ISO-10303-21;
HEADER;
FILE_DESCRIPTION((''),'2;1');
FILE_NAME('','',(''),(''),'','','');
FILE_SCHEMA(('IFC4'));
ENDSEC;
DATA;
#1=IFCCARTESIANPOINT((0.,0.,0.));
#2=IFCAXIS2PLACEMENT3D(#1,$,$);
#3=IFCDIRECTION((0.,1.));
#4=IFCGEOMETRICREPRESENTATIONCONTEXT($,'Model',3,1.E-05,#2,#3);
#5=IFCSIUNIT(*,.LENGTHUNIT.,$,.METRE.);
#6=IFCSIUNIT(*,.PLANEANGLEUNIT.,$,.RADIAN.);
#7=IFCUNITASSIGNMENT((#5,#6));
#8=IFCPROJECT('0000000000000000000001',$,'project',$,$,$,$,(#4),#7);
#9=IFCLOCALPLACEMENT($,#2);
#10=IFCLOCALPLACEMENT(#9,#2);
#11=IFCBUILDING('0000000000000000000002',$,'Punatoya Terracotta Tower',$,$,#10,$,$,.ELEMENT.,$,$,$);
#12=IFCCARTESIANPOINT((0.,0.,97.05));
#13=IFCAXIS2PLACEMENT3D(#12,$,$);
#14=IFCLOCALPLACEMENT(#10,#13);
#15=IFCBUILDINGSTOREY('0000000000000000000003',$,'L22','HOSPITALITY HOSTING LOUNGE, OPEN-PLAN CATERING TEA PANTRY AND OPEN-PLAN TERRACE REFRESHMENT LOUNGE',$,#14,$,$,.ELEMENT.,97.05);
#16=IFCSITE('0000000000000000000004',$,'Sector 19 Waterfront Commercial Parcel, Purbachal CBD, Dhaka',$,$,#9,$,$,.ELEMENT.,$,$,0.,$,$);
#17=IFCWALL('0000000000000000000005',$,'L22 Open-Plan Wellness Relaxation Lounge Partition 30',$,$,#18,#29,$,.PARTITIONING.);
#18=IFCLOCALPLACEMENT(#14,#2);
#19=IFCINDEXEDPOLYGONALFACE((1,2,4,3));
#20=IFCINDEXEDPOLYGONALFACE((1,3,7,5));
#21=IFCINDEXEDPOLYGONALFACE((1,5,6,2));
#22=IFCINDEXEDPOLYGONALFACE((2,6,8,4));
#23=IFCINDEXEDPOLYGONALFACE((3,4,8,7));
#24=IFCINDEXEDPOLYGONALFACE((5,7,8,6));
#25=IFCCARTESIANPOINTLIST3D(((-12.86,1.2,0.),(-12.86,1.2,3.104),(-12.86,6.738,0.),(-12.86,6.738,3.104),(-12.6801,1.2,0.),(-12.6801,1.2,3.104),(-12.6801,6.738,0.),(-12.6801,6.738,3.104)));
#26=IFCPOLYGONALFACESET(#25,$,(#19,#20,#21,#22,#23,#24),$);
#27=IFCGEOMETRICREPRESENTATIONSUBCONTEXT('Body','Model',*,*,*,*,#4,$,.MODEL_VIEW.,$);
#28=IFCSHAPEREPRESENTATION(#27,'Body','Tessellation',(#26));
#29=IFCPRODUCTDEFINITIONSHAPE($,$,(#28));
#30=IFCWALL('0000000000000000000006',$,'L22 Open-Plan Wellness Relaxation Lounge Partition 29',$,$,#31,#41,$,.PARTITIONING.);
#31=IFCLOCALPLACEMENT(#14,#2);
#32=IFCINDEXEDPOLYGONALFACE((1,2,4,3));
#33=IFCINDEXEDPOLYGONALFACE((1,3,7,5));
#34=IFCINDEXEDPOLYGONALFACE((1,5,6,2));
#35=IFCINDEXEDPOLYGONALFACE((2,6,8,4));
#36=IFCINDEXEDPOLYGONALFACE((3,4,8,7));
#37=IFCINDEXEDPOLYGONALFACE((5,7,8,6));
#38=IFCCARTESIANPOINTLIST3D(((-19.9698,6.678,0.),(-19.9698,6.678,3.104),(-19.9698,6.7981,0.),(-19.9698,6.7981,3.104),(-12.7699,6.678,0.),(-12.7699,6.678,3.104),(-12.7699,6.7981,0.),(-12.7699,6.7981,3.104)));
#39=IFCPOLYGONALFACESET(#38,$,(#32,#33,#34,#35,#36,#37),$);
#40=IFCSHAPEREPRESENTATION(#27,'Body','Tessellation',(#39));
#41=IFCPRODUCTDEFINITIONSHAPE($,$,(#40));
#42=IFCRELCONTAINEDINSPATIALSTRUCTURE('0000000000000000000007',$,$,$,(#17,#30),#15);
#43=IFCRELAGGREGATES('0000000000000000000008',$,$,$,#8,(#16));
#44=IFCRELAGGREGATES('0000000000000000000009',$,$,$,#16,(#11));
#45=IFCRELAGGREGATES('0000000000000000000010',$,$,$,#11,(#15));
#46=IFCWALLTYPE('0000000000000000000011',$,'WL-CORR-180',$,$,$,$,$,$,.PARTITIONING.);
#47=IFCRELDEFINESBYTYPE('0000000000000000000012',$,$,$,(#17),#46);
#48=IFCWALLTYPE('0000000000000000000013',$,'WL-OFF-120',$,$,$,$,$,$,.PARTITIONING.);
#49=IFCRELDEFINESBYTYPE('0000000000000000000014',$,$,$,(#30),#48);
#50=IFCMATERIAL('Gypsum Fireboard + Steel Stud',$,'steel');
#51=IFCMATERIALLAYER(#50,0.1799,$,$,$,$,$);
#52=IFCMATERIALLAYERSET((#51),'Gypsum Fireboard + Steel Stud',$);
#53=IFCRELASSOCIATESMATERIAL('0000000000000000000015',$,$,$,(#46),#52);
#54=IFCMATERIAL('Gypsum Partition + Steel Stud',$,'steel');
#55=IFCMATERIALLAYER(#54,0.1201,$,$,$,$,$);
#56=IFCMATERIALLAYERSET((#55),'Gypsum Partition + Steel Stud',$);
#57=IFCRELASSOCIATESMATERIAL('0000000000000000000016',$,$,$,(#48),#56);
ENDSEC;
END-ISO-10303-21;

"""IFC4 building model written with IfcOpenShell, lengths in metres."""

from ifc_helpers import new_model, si_unit, direction, frame, frame_2d, origin, place, context, subcontext, project, spatial, rectangle, extrude, material, layer, layer_set, type_object, element, save


model = new_model("IFC4")

# Units and contexts
model_context = context("Model", 3, precision=1e-05, world=origin(), true_north=direction((0.0, 1.0)))
body_context = subcontext(model_context, "Body", "Model", "MODEL_VIEW")
ifc_project = project(units=[si_unit("LENGTHUNIT", "METRE"), si_unit("PLANEANGLEUNIT", "RADIAN")], contexts=[model_context])

# Site, building, storey
site_placement = place(None, origin())
site = spatial("IfcSite", under=ifc_project, at=site_placement, Name="Sector 19 Waterfront Commercial Parcel, Purbachal CBD, Dhaka", CompositionType="ELEMENT", RefElevation=0.0)
building_placement = place(site_placement, origin())
building = spatial("IfcBuilding", under=site, at=building_placement, Name="Punatoya Terracotta Tower", CompositionType="ELEMENT")
storey_placement = place(building_placement, frame((0.0, 0.0, 97.05)))
storey = spatial("IfcBuildingStorey", under=building, at=storey_placement, Name="L22", Description="HOSPITALITY HOSTING LOUNGE, OPEN-PLAN CATERING TEA PANTRY AND OPEN-PLAN TERRACE REFRESHMENT LOUNGE", CompositionType="ELEMENT", Elevation=97.05)

# Shared definitions
ifc_material_1 = material(Name="Gypsum Fireboard + Steel Stud", Category="steel")
ifc_layer_1 = layer(ifc_material_1, 0.1799)
ifc_layer_set_1 = layer_set([ifc_layer_1], Name="Gypsum Fireboard + Steel Stud")
wall_type_1 = type_object("IfcWallType", Name="WL-CORR-180", PredefinedType="PARTITIONING", material=ifc_layer_set_1)

# Walls
wall_1_placement = place(storey_placement, frame((-12.77, 6.738, 0.0), z_axis=(0.0, 0.0, 1.0), x_axis=(0.0, -1.0, 0.0)))
element("IfcWall", 1, at=wall_1_placement, inside=storey, type_object=wall_type_1, Name="L22 Open-Plan Wellness Relaxation Lounge Partition 30", PredefinedType="PARTITIONING", context=body_context, shape_type="SweptSolid", body=[
    extrude(rectangle(XDim=5.5381, YDim=0.1799, at=frame_2d((2.769, 0.0))), origin(), (0.0, 0.0, 1.0), 3.104),
])
ifc_material_2 = material(Name="Gypsum Partition + Steel Stud", Category="steel")
ifc_layer_2 = layer(ifc_material_2, 0.1201)
ifc_layer_set_2 = layer_set([ifc_layer_2], Name="Gypsum Partition + Steel Stud")
wall_type_2 = type_object("IfcWallType", Name="WL-OFF-120", PredefinedType="PARTITIONING", material=ifc_layer_set_2)
wall_2_placement = place(storey_placement, frame((-19.97, 6.738, 0.0), z_axis=(0.0, 0.0, 1.0), x_axis=(1.0, 0.0, 0.0)))
element("IfcWall", 2, at=wall_2_placement, inside=storey, type_object=wall_type_2, Name="L22 Open-Plan Wellness Relaxation Lounge Partition 29", PredefinedType="PARTITIONING", context=body_context, shape_type="SweptSolid", body=[
    extrude(rectangle(XDim=7.2, YDim=0.1201, at=frame_2d((3.6001, 0.0))), origin(), (0.0, 0.0, 1.0), 3.104),
])

save(model, "model.ifc")
